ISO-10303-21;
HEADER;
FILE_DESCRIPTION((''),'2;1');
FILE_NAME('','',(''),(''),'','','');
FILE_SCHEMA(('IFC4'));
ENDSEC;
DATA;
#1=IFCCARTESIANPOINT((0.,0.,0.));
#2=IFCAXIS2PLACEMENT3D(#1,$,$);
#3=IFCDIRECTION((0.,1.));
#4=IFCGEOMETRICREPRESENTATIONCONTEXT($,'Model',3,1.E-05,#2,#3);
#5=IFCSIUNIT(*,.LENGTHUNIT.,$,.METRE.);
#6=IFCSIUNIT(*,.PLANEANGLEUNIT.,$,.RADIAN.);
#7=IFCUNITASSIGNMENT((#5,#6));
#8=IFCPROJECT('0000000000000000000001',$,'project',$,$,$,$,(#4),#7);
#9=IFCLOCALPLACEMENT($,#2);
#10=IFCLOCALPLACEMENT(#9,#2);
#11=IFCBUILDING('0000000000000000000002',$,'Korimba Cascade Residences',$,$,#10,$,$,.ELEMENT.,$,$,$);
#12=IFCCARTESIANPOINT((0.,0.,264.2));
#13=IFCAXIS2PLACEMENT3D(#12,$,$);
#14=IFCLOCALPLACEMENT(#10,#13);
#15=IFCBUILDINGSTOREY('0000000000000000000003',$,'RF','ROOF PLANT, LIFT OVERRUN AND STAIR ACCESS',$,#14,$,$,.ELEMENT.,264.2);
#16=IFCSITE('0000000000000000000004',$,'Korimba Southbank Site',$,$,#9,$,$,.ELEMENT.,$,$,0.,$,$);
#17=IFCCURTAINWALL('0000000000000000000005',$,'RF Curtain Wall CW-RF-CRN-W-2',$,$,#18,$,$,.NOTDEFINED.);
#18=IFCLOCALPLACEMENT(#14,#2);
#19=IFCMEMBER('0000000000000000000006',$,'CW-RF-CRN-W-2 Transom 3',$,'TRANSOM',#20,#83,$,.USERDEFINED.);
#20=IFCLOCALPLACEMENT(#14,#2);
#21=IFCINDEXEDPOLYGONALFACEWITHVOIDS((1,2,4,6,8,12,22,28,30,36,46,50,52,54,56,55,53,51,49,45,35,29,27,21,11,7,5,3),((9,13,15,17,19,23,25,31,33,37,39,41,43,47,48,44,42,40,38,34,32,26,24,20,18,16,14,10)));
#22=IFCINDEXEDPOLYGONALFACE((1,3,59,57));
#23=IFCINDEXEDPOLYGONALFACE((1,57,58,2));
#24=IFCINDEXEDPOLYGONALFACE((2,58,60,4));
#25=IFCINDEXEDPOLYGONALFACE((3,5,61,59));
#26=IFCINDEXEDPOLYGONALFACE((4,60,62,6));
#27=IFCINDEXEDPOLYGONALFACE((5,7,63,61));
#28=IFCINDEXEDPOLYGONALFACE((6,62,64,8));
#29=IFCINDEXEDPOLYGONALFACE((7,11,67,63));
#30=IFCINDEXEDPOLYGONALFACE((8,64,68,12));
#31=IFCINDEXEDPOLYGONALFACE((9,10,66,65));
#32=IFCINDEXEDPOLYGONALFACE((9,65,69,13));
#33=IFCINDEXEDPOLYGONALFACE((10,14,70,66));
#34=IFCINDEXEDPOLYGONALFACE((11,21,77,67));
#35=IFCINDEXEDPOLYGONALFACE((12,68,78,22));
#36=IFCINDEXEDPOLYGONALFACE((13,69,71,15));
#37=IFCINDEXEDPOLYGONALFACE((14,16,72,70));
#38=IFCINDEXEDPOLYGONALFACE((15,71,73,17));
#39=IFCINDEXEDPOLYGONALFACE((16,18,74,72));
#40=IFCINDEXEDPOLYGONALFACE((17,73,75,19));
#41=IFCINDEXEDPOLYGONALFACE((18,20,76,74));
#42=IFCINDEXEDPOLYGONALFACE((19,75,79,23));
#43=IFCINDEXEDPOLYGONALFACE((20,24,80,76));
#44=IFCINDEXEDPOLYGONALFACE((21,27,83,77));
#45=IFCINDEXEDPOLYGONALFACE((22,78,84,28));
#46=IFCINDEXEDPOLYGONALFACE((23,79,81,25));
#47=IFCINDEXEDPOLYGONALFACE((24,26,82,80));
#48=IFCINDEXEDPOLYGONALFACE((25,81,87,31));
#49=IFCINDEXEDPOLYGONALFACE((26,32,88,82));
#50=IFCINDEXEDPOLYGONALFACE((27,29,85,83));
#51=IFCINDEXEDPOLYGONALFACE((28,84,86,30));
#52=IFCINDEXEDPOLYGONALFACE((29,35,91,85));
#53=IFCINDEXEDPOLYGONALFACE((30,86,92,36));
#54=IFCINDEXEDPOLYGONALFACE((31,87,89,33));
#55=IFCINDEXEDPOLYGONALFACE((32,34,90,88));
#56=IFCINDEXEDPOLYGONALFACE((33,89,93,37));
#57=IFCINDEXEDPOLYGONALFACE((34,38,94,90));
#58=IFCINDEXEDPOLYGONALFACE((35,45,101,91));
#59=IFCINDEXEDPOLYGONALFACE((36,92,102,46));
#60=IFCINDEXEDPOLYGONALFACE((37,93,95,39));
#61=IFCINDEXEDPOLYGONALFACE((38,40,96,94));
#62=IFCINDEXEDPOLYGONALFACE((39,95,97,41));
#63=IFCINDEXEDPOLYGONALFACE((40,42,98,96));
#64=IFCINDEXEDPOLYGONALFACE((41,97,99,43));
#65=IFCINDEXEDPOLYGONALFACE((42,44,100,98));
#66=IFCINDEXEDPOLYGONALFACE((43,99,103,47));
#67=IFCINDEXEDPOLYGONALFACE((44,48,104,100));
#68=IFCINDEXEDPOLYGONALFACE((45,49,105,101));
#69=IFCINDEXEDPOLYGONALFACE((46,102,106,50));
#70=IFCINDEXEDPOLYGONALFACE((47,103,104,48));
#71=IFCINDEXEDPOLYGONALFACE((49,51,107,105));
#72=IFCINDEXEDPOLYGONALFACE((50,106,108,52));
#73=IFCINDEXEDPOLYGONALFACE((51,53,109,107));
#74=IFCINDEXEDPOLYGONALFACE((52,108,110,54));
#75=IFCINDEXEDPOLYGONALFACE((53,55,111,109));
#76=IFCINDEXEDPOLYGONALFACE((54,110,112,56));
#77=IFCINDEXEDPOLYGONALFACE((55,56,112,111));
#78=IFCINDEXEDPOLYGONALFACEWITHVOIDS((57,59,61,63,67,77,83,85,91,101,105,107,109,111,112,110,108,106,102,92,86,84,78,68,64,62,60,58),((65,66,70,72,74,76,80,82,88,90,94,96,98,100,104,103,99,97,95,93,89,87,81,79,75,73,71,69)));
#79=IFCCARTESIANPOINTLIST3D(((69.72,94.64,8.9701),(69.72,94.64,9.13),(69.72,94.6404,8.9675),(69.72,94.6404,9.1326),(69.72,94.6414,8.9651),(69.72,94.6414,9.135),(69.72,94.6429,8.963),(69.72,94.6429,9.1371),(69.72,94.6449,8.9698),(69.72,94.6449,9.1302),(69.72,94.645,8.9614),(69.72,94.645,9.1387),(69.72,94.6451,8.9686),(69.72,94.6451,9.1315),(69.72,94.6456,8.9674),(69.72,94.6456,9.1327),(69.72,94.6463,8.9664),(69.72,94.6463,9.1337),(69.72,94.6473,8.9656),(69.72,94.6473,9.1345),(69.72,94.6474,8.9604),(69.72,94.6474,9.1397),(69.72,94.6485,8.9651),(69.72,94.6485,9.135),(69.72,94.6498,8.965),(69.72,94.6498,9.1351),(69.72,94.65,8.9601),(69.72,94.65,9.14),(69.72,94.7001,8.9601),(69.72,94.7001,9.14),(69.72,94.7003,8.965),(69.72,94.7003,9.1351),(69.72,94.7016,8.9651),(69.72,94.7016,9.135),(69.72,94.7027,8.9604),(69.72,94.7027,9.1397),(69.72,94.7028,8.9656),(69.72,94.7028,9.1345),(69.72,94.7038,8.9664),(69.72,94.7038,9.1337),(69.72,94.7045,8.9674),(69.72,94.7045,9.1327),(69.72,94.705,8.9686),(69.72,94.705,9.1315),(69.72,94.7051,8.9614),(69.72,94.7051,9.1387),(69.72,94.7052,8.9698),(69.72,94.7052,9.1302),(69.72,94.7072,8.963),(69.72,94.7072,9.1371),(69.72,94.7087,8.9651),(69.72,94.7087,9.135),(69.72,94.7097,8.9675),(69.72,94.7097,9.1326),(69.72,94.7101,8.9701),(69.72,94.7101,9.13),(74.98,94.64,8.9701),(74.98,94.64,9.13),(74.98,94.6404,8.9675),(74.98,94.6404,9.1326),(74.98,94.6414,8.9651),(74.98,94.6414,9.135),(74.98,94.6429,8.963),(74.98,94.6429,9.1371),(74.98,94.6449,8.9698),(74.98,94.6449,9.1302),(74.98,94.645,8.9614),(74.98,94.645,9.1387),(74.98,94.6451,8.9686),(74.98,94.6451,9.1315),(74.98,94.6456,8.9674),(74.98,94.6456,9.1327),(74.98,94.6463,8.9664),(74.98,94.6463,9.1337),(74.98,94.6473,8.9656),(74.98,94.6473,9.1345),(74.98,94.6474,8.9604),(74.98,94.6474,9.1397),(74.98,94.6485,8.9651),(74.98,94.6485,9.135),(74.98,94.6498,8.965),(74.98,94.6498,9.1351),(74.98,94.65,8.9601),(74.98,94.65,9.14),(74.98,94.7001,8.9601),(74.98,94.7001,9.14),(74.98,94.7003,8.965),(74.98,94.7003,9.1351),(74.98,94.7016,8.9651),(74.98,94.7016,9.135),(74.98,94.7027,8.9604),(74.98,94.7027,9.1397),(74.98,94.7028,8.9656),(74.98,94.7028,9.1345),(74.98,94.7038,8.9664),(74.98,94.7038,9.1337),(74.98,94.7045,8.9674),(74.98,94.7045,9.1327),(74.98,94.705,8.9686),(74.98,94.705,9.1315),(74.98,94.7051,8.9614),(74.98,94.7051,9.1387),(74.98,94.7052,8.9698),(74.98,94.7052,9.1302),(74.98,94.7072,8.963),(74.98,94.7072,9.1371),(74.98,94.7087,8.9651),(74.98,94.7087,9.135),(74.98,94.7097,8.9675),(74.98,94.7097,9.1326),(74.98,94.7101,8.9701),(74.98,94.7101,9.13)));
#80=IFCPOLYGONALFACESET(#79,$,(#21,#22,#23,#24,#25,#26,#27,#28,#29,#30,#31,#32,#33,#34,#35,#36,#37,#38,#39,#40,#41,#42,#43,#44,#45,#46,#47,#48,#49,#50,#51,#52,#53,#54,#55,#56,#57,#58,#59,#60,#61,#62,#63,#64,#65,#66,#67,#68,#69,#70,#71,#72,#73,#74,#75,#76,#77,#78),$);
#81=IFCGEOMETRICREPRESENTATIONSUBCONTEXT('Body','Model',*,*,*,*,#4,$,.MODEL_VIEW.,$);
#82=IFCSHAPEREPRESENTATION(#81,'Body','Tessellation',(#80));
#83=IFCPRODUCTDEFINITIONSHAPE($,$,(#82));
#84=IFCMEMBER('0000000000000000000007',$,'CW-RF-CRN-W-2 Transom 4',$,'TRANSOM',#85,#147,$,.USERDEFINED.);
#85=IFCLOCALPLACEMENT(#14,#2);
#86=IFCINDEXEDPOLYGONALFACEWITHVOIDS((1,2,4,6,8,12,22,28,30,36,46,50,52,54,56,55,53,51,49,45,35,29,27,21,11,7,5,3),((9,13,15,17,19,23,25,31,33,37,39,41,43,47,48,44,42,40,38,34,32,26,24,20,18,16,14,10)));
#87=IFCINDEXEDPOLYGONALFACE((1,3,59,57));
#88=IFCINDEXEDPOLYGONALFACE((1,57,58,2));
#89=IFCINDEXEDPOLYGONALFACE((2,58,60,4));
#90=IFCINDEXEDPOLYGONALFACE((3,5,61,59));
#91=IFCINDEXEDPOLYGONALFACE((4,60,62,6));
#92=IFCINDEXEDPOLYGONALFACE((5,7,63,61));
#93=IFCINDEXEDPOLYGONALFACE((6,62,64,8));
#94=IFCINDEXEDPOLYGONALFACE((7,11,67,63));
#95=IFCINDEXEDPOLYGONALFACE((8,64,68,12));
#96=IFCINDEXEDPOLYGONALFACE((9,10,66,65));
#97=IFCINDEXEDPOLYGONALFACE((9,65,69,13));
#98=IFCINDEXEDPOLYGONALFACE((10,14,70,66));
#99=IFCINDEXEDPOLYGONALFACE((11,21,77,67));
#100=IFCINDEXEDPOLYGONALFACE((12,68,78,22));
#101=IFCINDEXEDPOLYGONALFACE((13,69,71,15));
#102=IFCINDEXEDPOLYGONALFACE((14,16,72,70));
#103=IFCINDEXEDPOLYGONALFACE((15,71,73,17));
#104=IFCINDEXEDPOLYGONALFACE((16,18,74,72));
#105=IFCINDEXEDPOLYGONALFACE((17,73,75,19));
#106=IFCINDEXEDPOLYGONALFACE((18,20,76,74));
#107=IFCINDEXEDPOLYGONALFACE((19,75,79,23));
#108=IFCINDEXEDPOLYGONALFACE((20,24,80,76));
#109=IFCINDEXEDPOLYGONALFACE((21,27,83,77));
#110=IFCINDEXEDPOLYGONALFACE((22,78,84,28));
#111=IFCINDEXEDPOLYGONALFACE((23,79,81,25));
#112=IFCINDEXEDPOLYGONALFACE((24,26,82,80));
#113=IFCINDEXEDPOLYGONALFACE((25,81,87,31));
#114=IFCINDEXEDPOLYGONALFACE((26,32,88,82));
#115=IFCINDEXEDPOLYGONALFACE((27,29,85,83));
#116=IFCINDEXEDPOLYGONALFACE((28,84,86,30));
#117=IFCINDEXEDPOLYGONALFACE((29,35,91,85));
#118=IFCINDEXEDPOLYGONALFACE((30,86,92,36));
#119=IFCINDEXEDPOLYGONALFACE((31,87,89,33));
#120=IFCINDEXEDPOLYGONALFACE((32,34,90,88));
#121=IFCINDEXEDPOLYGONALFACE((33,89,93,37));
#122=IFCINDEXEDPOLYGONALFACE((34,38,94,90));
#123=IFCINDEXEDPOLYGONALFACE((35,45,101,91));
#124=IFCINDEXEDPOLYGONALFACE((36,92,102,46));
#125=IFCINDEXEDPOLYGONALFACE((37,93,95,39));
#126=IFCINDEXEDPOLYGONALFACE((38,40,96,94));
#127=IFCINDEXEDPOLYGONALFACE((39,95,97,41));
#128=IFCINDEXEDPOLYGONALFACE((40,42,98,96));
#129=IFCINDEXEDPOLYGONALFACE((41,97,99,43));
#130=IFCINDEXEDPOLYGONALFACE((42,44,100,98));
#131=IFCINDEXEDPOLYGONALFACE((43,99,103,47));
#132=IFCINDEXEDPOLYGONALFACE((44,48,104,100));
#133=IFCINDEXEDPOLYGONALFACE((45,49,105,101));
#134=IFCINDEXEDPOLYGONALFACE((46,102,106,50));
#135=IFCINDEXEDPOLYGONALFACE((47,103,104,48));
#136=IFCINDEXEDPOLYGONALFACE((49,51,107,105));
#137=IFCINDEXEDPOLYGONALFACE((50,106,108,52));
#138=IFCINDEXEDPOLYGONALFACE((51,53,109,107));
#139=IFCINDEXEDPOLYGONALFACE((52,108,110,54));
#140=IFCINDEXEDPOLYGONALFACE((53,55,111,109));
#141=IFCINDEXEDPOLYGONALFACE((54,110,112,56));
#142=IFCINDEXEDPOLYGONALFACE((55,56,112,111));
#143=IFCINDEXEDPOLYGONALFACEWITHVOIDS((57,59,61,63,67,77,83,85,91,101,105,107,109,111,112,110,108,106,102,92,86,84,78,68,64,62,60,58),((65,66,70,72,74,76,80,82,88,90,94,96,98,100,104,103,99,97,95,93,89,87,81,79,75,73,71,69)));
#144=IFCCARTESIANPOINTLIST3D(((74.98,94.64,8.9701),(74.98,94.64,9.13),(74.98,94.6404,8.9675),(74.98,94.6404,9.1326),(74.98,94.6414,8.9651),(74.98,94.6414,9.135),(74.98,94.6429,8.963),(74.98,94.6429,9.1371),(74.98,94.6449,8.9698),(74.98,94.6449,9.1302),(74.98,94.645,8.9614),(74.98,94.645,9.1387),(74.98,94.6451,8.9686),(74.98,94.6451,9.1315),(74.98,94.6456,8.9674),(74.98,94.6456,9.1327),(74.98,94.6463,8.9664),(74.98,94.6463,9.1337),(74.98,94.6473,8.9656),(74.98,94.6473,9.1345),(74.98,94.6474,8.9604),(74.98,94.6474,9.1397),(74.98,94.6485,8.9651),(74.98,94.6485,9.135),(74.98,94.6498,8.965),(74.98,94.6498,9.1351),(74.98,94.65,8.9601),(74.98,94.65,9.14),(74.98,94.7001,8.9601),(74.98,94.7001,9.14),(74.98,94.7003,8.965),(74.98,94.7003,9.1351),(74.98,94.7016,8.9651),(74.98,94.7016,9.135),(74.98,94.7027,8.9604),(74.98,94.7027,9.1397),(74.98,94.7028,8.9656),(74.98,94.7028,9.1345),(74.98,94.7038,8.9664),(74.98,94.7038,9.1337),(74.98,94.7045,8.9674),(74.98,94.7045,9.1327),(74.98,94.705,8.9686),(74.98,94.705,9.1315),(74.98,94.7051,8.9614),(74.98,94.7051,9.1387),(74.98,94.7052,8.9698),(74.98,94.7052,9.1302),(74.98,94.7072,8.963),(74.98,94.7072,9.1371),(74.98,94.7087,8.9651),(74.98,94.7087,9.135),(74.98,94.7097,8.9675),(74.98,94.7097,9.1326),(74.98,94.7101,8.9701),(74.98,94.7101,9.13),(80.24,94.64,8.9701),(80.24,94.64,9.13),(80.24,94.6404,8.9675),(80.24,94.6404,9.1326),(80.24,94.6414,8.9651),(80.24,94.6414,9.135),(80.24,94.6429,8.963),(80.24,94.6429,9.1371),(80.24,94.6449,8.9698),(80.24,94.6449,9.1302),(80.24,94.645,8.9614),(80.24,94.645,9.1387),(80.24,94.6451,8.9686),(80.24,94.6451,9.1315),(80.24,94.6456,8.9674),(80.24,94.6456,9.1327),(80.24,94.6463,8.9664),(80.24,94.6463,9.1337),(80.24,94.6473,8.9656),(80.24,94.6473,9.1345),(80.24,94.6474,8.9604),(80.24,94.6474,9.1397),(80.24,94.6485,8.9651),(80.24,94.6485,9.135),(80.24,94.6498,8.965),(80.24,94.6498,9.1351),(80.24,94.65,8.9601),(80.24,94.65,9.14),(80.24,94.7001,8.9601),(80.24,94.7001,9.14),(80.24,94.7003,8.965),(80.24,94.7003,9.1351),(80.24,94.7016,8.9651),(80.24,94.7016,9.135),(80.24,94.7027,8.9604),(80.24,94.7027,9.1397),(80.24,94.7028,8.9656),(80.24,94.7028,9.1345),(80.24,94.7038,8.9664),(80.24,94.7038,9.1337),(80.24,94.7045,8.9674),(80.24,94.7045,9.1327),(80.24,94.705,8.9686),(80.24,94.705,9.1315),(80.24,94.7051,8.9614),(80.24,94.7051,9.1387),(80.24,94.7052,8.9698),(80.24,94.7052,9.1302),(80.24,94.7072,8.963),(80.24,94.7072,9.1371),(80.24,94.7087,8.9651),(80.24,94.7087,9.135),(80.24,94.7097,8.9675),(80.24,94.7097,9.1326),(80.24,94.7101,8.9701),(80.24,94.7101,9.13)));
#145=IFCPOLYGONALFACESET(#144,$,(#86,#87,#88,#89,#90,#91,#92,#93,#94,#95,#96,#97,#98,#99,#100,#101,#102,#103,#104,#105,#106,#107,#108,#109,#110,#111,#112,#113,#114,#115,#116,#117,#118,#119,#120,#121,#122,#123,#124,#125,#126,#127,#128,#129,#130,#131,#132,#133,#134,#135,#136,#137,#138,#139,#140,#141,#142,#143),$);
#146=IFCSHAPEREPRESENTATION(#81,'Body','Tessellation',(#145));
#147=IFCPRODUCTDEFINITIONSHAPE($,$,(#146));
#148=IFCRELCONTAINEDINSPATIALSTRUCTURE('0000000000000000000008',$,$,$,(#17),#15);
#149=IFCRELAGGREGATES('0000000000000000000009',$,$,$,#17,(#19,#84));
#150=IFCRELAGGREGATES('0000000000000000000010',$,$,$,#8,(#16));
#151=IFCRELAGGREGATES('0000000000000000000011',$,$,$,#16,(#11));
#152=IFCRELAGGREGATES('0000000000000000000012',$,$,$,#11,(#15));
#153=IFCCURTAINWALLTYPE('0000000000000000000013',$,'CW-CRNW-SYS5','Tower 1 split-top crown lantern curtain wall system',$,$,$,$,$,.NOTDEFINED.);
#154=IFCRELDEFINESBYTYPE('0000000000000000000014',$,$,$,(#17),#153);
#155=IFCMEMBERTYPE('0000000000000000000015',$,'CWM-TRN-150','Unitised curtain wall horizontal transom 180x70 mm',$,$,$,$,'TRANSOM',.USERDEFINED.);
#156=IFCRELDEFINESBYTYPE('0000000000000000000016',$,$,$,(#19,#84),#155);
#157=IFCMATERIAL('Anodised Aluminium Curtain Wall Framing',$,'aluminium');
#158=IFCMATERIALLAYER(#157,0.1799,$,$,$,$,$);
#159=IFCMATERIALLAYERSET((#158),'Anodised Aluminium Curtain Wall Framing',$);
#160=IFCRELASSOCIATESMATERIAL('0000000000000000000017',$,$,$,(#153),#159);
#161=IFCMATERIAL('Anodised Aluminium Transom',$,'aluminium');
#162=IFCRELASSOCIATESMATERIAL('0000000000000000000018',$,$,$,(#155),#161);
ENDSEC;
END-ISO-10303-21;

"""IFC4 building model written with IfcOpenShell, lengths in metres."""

from ifc_helpers import new_model, si_unit, direction, frame, origin, origin_2d, place, context, subcontext, project, spatial, hollow_rectangle, extrude, material, layer, layer_set, material_profile, profile_set, type_object, element, aggregate, save


model = new_model("IFC4")

# Units and contexts
model_context = context("Model", 3, precision=1e-05, world=origin(), true_north=direction((0.0, 1.0)))
body_context = subcontext(model_context, "Body", "Model", "MODEL_VIEW")
ifc_project = project(units=[si_unit("LENGTHUNIT", "METRE"), si_unit("PLANEANGLEUNIT", "RADIAN")], contexts=[model_context])

# Site, building, storey
site_placement = place(None, origin())
site = spatial("IfcSite", under=ifc_project, at=site_placement, Name="Korimba Southbank Site", CompositionType="ELEMENT", RefElevation=0.0)
building_placement = place(site_placement, origin())
building = spatial("IfcBuilding", under=site, at=building_placement, Name="Korimba Cascade Residences", CompositionType="ELEMENT")
storey_placement = place(building_placement, frame((0.0, 0.0, 264.2)))
storey = spatial("IfcBuildingStorey", under=building, at=storey_placement, Name="RF", Description="ROOF PLANT, LIFT OVERRUN AND STAIR ACCESS", CompositionType="ELEMENT", Elevation=264.2)

# Curtain wall, members
ifc_material_1 = material(Name="Anodised Aluminium Curtain Wall Framing", Category="aluminium")
ifc_layer_1 = layer(ifc_material_1, 0.1799)
ifc_layer_set_1 = layer_set([ifc_layer_1], Name="Anodised Aluminium Curtain Wall Framing")
curtain_wall_type = type_object("IfcCurtainWallType", Name="CW-CRNW-SYS5", Description="Tower 1 split-top crown lantern curtain wall system", PredefinedType="NOTDEFINED", material=ifc_layer_set_1)
curtain_wall_placement = place(storey_placement, origin())
curtain_wall = element("IfcCurtainWall", 1, at=curtain_wall_placement, inside=storey, type_object=curtain_wall_type, Name="RF Curtain Wall CW-RF-CRN-W-2", PredefinedType="NOTDEFINED")
ifc_material_2 = material(Name="Anodised Aluminium Transom", Category="aluminium")
ifc_material_profile_1 = material_profile(ifc_material_2, hollow_rectangle(XDim=0.0701, YDim=0.1799, WallThickness=0.0049, InnerFilletRadius=0.0049, OuterFilletRadius=0.01, at=origin_2d()), Name="Anodised Aluminium Transom")
ifc_profile_set_1 = profile_set([ifc_material_profile_1], Name="Anodised Aluminium Transom")
member_type_1 = type_object("IfcMemberType", Name="CWM-TRN-150", Description="Unitised curtain wall horizontal transom 180x70 mm", ElementType="TRANSOM", PredefinedType="USERDEFINED", material=ifc_profile_set_1)
member_1_placement = place(storey_placement, frame((69.72, 94.675, 9.05), z_axis=(1.0, 0.0, 0.0), x_axis=(0.0, 1.0, 0.0)))
member_1 = element("IfcMember", 2, at=member_1_placement, type_object=member_type_1, Name="CW-RF-CRN-W-2 Transom 3", ObjectType="TRANSOM", PredefinedType="USERDEFINED", context=body_context, shape_type="SweptSolid", body=[
    extrude(hollow_rectangle(XDim=0.0701, YDim=0.1799, WallThickness=0.0049, InnerFilletRadius=0.0049, OuterFilletRadius=0.01, at=origin_2d()), origin(), (0.0, 0.0, 1.0), 5.26),
])
member_2_placement = place(storey_placement, frame((74.98, 94.675, 9.05), z_axis=(1.0, 0.0, 0.0), x_axis=(0.0, 1.0, 0.0)))
member_2 = element("IfcMember", 3, at=member_2_placement, type_object=member_type_1, Name="CW-RF-CRN-W-2 Transom 4", ObjectType="TRANSOM", PredefinedType="USERDEFINED", context=body_context, shape_type="SweptSolid", body=[
    extrude(hollow_rectangle(XDim=0.0701, YDim=0.1799, WallThickness=0.0049, InnerFilletRadius=0.0049, OuterFilletRadius=0.01, at=origin_2d()), origin(), (0.0, 0.0, 1.0), 5.26),
])

aggregate(curtain_wall, [member_1, member_2])

save(model, "model.ifc")
